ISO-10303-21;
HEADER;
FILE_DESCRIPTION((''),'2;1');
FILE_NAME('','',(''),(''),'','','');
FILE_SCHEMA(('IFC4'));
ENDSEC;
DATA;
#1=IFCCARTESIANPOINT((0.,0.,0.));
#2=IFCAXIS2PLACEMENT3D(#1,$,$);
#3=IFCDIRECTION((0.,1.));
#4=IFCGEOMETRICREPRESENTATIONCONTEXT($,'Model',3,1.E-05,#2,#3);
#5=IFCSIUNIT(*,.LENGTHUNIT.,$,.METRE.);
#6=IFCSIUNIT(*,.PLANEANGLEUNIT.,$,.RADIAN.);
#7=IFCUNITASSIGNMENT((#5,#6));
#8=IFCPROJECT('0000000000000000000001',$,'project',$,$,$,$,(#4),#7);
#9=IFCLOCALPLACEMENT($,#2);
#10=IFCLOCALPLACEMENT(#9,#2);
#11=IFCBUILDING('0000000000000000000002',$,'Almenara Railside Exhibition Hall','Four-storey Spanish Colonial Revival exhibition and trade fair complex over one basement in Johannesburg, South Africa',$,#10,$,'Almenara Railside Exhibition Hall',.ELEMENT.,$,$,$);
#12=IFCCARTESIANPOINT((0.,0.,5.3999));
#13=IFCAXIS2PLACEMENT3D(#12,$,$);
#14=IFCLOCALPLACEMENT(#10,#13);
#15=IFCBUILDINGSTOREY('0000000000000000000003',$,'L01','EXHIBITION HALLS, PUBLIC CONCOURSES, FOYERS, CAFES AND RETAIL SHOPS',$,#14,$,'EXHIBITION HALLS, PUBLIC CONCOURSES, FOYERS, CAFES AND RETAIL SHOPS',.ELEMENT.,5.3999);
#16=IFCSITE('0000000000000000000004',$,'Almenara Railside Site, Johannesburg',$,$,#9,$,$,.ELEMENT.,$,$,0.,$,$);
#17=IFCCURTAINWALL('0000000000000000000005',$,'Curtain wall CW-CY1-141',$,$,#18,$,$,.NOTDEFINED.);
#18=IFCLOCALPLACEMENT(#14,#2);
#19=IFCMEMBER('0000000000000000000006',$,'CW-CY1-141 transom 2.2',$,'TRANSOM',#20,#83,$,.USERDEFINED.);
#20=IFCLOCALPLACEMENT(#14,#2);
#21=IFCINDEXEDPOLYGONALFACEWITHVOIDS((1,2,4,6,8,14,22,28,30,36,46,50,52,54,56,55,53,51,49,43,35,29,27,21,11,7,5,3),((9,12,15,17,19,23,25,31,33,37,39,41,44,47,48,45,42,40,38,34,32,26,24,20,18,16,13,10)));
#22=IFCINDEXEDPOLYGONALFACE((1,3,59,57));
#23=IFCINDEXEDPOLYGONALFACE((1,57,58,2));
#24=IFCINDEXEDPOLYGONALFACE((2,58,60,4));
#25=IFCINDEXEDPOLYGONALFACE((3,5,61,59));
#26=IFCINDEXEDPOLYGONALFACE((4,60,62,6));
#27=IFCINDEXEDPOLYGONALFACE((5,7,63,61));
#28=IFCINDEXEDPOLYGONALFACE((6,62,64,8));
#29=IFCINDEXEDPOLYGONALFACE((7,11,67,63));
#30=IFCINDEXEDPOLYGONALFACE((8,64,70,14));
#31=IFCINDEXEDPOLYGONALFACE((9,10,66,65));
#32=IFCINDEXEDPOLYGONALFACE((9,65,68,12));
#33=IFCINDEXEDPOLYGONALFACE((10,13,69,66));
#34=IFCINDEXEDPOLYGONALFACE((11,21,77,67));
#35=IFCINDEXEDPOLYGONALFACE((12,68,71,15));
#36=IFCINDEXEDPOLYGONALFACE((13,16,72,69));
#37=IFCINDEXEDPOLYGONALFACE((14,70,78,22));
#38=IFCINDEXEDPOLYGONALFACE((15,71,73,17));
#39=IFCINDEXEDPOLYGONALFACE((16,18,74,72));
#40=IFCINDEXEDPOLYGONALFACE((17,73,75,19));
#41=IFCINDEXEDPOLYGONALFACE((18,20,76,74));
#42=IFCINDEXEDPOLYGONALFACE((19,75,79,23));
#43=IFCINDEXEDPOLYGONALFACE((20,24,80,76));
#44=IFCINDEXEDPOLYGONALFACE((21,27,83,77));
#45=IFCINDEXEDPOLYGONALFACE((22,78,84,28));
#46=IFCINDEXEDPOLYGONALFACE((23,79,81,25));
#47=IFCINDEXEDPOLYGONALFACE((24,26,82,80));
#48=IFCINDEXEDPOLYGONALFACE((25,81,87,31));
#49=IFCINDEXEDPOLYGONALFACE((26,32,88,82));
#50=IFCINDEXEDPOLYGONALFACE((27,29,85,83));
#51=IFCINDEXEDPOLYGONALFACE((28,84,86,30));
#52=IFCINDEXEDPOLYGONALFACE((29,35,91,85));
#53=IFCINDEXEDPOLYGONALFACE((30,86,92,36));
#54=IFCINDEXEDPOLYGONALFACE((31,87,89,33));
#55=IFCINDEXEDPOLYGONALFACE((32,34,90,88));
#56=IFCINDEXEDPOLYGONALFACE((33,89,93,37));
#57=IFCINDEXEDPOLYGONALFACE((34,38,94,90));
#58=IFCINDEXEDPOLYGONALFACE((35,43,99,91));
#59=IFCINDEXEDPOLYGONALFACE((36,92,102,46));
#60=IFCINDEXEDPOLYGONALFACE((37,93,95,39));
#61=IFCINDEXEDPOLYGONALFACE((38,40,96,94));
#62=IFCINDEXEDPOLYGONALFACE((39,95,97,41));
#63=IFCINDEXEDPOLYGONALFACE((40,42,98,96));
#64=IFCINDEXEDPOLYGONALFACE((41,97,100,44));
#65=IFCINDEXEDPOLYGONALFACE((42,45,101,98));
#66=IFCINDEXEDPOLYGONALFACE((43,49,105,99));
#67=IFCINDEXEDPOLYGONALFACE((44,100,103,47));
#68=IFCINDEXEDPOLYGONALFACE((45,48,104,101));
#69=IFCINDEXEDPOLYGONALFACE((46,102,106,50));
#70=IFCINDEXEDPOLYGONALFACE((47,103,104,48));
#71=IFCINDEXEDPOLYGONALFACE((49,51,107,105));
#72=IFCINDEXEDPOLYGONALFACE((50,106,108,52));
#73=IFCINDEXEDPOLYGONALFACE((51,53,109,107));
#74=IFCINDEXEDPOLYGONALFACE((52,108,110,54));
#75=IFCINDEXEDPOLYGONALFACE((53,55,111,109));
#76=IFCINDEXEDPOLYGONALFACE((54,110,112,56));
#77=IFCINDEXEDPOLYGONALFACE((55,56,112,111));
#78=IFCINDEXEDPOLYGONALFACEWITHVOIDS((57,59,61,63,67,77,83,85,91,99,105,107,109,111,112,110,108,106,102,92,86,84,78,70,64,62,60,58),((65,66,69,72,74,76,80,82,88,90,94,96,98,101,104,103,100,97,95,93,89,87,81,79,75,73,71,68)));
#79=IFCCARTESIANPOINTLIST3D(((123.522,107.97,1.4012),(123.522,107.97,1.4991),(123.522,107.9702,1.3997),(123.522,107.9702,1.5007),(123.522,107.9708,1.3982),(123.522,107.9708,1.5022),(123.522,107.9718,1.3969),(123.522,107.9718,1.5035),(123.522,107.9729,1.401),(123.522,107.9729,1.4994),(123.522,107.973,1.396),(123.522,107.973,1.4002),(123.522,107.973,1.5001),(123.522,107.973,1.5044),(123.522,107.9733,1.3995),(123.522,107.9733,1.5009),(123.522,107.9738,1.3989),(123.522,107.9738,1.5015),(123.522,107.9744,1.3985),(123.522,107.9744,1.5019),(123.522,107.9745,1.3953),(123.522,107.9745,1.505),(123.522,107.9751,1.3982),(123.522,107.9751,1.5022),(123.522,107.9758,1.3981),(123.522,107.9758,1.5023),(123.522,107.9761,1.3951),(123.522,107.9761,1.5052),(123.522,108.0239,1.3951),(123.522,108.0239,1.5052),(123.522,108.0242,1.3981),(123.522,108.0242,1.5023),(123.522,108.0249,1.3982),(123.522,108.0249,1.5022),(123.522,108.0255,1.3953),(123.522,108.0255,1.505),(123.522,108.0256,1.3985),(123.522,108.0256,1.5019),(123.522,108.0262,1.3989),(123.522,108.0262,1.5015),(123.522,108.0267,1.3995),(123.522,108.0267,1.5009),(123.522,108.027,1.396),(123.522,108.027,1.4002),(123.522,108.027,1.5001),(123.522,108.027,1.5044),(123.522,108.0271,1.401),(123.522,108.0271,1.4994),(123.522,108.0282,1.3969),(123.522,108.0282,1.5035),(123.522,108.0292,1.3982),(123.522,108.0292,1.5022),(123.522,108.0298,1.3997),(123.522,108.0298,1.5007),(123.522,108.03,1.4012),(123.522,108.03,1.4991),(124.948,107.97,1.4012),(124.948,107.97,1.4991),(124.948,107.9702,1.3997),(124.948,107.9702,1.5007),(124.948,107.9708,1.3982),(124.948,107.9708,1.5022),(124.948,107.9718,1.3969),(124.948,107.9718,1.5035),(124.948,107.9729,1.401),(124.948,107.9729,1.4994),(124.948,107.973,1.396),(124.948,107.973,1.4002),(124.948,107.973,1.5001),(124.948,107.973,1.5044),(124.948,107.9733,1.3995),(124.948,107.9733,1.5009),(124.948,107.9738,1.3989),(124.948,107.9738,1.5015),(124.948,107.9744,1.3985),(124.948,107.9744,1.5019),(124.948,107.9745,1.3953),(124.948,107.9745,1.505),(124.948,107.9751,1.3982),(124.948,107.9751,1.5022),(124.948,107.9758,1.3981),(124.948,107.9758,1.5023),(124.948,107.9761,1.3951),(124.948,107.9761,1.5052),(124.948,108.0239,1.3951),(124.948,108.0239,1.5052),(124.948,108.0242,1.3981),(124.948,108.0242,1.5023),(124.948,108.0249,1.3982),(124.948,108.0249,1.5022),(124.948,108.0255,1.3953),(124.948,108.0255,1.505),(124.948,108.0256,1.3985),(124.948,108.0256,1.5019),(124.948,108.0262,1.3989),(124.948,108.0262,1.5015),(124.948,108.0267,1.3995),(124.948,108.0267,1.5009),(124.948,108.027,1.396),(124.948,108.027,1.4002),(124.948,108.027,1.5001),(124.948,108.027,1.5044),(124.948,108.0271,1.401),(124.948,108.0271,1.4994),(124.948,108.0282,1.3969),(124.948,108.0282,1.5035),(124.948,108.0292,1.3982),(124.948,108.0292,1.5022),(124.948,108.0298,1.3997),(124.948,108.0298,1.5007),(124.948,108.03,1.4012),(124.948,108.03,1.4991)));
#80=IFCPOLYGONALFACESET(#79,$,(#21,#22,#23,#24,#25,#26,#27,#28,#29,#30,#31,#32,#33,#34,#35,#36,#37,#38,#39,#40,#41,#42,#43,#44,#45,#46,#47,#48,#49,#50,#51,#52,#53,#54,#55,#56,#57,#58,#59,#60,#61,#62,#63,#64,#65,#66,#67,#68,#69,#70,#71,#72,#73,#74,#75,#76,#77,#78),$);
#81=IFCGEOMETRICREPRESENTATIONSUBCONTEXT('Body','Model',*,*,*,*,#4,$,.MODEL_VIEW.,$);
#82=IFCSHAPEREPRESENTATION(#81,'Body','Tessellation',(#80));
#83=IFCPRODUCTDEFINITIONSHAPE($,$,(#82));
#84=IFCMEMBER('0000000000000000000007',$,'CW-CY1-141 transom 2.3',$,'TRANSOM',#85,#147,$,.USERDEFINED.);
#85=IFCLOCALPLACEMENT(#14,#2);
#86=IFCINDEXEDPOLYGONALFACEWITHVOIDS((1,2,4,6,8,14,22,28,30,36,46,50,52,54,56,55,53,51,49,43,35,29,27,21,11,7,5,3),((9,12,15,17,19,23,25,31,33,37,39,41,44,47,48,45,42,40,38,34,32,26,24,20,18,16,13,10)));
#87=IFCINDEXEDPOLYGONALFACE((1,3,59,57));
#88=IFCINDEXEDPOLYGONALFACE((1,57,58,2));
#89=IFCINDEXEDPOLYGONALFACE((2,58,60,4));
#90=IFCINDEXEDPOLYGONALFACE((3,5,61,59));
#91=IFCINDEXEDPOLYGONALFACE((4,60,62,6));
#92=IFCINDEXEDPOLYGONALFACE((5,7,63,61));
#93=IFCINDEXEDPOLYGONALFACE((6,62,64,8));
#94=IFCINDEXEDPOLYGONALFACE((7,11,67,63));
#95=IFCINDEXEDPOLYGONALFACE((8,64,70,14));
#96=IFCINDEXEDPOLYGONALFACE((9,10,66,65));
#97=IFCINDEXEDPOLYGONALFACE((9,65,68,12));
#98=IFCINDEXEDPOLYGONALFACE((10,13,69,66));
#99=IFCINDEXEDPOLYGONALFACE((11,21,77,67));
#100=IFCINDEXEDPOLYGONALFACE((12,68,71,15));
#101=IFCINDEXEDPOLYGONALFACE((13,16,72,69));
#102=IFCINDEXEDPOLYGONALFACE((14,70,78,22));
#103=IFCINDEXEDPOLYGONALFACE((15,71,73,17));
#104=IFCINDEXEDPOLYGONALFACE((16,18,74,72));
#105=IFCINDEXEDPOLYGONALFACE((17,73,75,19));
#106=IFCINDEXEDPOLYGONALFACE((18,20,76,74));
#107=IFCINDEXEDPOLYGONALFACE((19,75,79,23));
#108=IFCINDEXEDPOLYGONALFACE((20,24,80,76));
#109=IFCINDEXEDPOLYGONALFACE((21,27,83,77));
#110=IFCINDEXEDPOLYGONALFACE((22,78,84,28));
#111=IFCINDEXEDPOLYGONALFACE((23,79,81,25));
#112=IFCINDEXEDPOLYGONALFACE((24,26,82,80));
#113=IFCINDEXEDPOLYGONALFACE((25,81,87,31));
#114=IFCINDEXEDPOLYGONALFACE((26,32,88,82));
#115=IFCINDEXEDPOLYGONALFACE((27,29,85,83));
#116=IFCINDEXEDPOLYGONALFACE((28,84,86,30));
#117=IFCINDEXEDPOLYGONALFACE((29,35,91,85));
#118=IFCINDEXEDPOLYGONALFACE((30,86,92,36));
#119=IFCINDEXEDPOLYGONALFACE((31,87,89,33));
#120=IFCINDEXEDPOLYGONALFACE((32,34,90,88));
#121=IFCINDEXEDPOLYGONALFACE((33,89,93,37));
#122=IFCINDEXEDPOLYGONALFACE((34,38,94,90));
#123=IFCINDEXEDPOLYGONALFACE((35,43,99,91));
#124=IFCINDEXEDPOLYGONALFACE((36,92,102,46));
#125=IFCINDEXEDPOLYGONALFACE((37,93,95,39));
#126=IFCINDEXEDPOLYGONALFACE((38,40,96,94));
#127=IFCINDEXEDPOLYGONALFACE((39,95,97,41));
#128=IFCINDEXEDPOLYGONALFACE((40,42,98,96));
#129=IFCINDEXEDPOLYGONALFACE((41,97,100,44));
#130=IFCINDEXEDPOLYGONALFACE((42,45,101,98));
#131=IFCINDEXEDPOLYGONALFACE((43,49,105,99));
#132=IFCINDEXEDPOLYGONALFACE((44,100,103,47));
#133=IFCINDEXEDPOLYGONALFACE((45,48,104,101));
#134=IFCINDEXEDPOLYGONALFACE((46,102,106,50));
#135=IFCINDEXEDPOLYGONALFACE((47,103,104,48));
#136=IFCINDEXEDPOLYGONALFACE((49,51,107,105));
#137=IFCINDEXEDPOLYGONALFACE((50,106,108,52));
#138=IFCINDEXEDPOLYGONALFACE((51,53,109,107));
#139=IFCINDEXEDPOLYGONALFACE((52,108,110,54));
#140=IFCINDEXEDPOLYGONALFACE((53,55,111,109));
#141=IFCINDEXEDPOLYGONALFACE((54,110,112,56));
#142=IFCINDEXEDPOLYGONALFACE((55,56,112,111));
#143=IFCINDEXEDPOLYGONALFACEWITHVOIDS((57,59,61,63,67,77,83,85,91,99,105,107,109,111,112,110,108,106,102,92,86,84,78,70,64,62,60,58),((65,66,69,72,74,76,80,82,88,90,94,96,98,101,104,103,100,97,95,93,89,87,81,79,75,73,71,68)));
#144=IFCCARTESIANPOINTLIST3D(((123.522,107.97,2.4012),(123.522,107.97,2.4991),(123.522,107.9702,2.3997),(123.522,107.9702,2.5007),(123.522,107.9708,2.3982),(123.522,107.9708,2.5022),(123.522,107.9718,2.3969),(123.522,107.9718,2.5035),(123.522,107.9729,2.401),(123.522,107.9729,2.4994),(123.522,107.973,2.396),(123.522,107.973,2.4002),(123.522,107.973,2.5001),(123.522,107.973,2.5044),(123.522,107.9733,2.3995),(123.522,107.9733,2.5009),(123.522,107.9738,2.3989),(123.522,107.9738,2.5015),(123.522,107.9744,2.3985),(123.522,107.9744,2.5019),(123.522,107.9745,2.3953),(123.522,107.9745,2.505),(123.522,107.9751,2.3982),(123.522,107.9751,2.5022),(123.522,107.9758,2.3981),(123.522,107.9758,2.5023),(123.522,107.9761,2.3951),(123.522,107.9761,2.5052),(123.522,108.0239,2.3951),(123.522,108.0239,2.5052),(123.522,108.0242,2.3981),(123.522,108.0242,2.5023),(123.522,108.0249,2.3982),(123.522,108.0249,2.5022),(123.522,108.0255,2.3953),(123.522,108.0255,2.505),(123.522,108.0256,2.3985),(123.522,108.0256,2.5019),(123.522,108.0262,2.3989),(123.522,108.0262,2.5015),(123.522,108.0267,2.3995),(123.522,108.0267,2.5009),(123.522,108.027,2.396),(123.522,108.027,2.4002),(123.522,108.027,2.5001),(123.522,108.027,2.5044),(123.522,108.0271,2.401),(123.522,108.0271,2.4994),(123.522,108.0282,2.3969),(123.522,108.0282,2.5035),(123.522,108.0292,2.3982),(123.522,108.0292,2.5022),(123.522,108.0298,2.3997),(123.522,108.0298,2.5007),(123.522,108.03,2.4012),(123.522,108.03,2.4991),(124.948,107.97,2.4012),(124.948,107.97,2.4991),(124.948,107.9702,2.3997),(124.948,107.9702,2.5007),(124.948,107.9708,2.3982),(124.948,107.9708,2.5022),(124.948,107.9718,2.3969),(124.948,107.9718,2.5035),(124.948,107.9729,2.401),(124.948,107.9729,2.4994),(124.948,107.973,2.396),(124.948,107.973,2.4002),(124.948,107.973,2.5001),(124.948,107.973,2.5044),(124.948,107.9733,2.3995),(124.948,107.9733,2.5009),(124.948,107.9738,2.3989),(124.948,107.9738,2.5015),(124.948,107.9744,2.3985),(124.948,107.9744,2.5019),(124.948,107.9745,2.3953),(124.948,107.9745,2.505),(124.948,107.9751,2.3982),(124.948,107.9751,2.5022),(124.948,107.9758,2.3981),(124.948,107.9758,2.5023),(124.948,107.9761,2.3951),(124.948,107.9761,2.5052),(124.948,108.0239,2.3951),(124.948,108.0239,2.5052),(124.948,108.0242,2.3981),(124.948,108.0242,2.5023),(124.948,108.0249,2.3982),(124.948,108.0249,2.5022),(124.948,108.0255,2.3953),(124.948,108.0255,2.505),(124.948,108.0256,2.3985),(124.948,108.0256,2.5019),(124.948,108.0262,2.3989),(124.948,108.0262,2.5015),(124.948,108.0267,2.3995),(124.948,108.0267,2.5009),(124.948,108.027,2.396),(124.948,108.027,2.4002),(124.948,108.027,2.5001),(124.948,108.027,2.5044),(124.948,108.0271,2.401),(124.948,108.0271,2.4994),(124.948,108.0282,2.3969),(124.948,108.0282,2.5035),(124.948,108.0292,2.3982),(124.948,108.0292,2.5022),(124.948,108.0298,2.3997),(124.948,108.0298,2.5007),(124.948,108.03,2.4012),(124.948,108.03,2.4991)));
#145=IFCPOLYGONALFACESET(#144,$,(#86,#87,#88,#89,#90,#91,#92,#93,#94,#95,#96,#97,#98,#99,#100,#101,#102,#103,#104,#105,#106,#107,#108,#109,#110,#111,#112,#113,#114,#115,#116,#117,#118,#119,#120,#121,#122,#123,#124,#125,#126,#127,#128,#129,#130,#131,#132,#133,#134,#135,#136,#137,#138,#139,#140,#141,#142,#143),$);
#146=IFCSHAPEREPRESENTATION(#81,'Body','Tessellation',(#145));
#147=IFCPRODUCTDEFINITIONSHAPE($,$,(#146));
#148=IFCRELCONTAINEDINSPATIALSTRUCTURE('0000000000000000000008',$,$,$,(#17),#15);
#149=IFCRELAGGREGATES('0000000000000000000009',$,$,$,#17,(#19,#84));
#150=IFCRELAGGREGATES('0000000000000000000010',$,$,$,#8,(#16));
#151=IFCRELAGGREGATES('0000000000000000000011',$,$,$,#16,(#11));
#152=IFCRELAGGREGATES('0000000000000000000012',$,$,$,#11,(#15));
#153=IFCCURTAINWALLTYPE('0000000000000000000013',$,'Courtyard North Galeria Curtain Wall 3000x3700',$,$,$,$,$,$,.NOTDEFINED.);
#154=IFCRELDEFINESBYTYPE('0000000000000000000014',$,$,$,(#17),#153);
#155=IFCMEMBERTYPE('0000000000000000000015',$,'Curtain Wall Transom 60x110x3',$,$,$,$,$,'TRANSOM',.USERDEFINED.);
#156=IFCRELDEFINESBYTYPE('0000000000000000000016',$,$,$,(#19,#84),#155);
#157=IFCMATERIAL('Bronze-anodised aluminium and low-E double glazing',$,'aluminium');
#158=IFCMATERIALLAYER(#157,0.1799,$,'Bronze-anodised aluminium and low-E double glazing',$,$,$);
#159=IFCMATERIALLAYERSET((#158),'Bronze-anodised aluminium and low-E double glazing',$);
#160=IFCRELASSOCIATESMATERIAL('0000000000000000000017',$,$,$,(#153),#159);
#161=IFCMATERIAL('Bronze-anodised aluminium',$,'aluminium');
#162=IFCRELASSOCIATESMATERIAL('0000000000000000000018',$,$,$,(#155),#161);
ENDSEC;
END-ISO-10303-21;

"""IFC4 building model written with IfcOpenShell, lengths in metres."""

from ifc_helpers import new_model, si_unit, direction, frame, origin, origin_2d, place, context, subcontext, project, spatial, hollow_rectangle, extrude, material, layer, layer_set, material_profile, profile_set, type_object, element, aggregate, save


model = new_model("IFC4")

# Units and contexts
model_context = context("Model", 3, precision=1e-05, world=origin(), true_north=direction((0.0, 1.0)))
body_context = subcontext(model_context, "Body", "Model", "MODEL_VIEW")
ifc_project = project(units=[si_unit("LENGTHUNIT", "METRE"), si_unit("PLANEANGLEUNIT", "RADIAN")], contexts=[model_context])

# Site, building, storey
site_placement = place(None, origin())
site = spatial("IfcSite", under=ifc_project, at=site_placement, Name="Almenara Railside Site, Johannesburg", CompositionType="ELEMENT", RefElevation=0.0)
building_placement = place(site_placement, origin())
building = spatial("IfcBuilding", under=site, at=building_placement, Name="Almenara Railside Exhibition Hall", Description="Four-storey Spanish Colonial Revival exhibition and trade fair complex over one basement in Johannesburg, South Africa", LongName="Almenara Railside Exhibition Hall", CompositionType="ELEMENT")
storey_placement = place(building_placement, frame((0.0, 0.0, 5.3999)))
storey = spatial("IfcBuildingStorey", under=building, at=storey_placement, Name="L01", Description="EXHIBITION HALLS, PUBLIC CONCOURSES, FOYERS, CAFES AND RETAIL SHOPS", LongName="EXHIBITION HALLS, PUBLIC CONCOURSES, FOYERS, CAFES AND RETAIL SHOPS", CompositionType="ELEMENT", Elevation=5.3999)

# Curtain wall
ifc_material_1 = material(Name="Bronze-anodised aluminium and low-E double glazing", Category="aluminium")
ifc_layer_1 = layer(ifc_material_1, 0.1799, Name="Bronze-anodised aluminium and low-E double glazing")
ifc_layer_set_1 = layer_set([ifc_layer_1], Name="Bronze-anodised aluminium and low-E double glazing")
curtain_wall_type = type_object("IfcCurtainWallType", Name="Courtyard North Galeria Curtain Wall 3000x3700", PredefinedType="NOTDEFINED", material=ifc_layer_set_1)
ifc_material_2 = material(Name="Bronze-anodised aluminium", Category="aluminium")
curtain_wall_1_placement = place(storey_placement, origin())
curtain_wall_1 = element("IfcCurtainWall", 1, at=curtain_wall_1_placement, inside=storey, type_object=curtain_wall_type, Name="Curtain wall CW-CY1-141", PredefinedType="NOTDEFINED")

# Members
ifc_material_profile_1 = material_profile(ifc_material_2, hollow_rectangle(XDim=0.0601, YDim=0.1101, WallThickness=0.0029, InnerFilletRadius=0.0029, OuterFilletRadius=0.0061, at=origin_2d()), Name="ALU-TRN 60x110x3")
ifc_profile_set_1 = profile_set([ifc_material_profile_1], Name="Bronze-anodised aluminium")
member_type_1 = type_object("IfcMemberType", Name="Curtain Wall Transom 60x110x3", ElementType="TRANSOM", PredefinedType="USERDEFINED", material=ifc_profile_set_1)
member_1_placement = place(storey_placement, frame((123.522, 108.0, 1.4502), z_axis=(1.0, 0.0, 0.0), x_axis=(0.0, 1.0, 0.0)))
member_1 = element("IfcMember", 2, at=member_1_placement, type_object=member_type_1, Name="CW-CY1-141 transom 2.2", ObjectType="TRANSOM", PredefinedType="USERDEFINED", context=body_context, shape_type="SweptSolid", body=[
    extrude(hollow_rectangle(XDim=0.0601, YDim=0.1101, WallThickness=0.0029, InnerFilletRadius=0.0029, OuterFilletRadius=0.0061, at=origin_2d()), origin(), (0.0, 0.0, 1.0), 1.426),
])
member_2_placement = place(storey_placement, frame((123.522, 108.0, 2.4502), z_axis=(1.0, 0.0, 0.0), x_axis=(0.0, 1.0, 0.0)))
member_2 = element("IfcMember", 3, at=member_2_placement, type_object=member_type_1, Name="CW-CY1-141 transom 2.3", ObjectType="TRANSOM", PredefinedType="USERDEFINED", context=body_context, shape_type="SweptSolid", body=[
    extrude(hollow_rectangle(XDim=0.0601, YDim=0.1101, WallThickness=0.0029, InnerFilletRadius=0.0029, OuterFilletRadius=0.0061, at=origin_2d()), origin(), (0.0, 0.0, 1.0), 1.426),
])

aggregate(curtain_wall_1, [member_1, member_2])

save(model, "model.ifc")
